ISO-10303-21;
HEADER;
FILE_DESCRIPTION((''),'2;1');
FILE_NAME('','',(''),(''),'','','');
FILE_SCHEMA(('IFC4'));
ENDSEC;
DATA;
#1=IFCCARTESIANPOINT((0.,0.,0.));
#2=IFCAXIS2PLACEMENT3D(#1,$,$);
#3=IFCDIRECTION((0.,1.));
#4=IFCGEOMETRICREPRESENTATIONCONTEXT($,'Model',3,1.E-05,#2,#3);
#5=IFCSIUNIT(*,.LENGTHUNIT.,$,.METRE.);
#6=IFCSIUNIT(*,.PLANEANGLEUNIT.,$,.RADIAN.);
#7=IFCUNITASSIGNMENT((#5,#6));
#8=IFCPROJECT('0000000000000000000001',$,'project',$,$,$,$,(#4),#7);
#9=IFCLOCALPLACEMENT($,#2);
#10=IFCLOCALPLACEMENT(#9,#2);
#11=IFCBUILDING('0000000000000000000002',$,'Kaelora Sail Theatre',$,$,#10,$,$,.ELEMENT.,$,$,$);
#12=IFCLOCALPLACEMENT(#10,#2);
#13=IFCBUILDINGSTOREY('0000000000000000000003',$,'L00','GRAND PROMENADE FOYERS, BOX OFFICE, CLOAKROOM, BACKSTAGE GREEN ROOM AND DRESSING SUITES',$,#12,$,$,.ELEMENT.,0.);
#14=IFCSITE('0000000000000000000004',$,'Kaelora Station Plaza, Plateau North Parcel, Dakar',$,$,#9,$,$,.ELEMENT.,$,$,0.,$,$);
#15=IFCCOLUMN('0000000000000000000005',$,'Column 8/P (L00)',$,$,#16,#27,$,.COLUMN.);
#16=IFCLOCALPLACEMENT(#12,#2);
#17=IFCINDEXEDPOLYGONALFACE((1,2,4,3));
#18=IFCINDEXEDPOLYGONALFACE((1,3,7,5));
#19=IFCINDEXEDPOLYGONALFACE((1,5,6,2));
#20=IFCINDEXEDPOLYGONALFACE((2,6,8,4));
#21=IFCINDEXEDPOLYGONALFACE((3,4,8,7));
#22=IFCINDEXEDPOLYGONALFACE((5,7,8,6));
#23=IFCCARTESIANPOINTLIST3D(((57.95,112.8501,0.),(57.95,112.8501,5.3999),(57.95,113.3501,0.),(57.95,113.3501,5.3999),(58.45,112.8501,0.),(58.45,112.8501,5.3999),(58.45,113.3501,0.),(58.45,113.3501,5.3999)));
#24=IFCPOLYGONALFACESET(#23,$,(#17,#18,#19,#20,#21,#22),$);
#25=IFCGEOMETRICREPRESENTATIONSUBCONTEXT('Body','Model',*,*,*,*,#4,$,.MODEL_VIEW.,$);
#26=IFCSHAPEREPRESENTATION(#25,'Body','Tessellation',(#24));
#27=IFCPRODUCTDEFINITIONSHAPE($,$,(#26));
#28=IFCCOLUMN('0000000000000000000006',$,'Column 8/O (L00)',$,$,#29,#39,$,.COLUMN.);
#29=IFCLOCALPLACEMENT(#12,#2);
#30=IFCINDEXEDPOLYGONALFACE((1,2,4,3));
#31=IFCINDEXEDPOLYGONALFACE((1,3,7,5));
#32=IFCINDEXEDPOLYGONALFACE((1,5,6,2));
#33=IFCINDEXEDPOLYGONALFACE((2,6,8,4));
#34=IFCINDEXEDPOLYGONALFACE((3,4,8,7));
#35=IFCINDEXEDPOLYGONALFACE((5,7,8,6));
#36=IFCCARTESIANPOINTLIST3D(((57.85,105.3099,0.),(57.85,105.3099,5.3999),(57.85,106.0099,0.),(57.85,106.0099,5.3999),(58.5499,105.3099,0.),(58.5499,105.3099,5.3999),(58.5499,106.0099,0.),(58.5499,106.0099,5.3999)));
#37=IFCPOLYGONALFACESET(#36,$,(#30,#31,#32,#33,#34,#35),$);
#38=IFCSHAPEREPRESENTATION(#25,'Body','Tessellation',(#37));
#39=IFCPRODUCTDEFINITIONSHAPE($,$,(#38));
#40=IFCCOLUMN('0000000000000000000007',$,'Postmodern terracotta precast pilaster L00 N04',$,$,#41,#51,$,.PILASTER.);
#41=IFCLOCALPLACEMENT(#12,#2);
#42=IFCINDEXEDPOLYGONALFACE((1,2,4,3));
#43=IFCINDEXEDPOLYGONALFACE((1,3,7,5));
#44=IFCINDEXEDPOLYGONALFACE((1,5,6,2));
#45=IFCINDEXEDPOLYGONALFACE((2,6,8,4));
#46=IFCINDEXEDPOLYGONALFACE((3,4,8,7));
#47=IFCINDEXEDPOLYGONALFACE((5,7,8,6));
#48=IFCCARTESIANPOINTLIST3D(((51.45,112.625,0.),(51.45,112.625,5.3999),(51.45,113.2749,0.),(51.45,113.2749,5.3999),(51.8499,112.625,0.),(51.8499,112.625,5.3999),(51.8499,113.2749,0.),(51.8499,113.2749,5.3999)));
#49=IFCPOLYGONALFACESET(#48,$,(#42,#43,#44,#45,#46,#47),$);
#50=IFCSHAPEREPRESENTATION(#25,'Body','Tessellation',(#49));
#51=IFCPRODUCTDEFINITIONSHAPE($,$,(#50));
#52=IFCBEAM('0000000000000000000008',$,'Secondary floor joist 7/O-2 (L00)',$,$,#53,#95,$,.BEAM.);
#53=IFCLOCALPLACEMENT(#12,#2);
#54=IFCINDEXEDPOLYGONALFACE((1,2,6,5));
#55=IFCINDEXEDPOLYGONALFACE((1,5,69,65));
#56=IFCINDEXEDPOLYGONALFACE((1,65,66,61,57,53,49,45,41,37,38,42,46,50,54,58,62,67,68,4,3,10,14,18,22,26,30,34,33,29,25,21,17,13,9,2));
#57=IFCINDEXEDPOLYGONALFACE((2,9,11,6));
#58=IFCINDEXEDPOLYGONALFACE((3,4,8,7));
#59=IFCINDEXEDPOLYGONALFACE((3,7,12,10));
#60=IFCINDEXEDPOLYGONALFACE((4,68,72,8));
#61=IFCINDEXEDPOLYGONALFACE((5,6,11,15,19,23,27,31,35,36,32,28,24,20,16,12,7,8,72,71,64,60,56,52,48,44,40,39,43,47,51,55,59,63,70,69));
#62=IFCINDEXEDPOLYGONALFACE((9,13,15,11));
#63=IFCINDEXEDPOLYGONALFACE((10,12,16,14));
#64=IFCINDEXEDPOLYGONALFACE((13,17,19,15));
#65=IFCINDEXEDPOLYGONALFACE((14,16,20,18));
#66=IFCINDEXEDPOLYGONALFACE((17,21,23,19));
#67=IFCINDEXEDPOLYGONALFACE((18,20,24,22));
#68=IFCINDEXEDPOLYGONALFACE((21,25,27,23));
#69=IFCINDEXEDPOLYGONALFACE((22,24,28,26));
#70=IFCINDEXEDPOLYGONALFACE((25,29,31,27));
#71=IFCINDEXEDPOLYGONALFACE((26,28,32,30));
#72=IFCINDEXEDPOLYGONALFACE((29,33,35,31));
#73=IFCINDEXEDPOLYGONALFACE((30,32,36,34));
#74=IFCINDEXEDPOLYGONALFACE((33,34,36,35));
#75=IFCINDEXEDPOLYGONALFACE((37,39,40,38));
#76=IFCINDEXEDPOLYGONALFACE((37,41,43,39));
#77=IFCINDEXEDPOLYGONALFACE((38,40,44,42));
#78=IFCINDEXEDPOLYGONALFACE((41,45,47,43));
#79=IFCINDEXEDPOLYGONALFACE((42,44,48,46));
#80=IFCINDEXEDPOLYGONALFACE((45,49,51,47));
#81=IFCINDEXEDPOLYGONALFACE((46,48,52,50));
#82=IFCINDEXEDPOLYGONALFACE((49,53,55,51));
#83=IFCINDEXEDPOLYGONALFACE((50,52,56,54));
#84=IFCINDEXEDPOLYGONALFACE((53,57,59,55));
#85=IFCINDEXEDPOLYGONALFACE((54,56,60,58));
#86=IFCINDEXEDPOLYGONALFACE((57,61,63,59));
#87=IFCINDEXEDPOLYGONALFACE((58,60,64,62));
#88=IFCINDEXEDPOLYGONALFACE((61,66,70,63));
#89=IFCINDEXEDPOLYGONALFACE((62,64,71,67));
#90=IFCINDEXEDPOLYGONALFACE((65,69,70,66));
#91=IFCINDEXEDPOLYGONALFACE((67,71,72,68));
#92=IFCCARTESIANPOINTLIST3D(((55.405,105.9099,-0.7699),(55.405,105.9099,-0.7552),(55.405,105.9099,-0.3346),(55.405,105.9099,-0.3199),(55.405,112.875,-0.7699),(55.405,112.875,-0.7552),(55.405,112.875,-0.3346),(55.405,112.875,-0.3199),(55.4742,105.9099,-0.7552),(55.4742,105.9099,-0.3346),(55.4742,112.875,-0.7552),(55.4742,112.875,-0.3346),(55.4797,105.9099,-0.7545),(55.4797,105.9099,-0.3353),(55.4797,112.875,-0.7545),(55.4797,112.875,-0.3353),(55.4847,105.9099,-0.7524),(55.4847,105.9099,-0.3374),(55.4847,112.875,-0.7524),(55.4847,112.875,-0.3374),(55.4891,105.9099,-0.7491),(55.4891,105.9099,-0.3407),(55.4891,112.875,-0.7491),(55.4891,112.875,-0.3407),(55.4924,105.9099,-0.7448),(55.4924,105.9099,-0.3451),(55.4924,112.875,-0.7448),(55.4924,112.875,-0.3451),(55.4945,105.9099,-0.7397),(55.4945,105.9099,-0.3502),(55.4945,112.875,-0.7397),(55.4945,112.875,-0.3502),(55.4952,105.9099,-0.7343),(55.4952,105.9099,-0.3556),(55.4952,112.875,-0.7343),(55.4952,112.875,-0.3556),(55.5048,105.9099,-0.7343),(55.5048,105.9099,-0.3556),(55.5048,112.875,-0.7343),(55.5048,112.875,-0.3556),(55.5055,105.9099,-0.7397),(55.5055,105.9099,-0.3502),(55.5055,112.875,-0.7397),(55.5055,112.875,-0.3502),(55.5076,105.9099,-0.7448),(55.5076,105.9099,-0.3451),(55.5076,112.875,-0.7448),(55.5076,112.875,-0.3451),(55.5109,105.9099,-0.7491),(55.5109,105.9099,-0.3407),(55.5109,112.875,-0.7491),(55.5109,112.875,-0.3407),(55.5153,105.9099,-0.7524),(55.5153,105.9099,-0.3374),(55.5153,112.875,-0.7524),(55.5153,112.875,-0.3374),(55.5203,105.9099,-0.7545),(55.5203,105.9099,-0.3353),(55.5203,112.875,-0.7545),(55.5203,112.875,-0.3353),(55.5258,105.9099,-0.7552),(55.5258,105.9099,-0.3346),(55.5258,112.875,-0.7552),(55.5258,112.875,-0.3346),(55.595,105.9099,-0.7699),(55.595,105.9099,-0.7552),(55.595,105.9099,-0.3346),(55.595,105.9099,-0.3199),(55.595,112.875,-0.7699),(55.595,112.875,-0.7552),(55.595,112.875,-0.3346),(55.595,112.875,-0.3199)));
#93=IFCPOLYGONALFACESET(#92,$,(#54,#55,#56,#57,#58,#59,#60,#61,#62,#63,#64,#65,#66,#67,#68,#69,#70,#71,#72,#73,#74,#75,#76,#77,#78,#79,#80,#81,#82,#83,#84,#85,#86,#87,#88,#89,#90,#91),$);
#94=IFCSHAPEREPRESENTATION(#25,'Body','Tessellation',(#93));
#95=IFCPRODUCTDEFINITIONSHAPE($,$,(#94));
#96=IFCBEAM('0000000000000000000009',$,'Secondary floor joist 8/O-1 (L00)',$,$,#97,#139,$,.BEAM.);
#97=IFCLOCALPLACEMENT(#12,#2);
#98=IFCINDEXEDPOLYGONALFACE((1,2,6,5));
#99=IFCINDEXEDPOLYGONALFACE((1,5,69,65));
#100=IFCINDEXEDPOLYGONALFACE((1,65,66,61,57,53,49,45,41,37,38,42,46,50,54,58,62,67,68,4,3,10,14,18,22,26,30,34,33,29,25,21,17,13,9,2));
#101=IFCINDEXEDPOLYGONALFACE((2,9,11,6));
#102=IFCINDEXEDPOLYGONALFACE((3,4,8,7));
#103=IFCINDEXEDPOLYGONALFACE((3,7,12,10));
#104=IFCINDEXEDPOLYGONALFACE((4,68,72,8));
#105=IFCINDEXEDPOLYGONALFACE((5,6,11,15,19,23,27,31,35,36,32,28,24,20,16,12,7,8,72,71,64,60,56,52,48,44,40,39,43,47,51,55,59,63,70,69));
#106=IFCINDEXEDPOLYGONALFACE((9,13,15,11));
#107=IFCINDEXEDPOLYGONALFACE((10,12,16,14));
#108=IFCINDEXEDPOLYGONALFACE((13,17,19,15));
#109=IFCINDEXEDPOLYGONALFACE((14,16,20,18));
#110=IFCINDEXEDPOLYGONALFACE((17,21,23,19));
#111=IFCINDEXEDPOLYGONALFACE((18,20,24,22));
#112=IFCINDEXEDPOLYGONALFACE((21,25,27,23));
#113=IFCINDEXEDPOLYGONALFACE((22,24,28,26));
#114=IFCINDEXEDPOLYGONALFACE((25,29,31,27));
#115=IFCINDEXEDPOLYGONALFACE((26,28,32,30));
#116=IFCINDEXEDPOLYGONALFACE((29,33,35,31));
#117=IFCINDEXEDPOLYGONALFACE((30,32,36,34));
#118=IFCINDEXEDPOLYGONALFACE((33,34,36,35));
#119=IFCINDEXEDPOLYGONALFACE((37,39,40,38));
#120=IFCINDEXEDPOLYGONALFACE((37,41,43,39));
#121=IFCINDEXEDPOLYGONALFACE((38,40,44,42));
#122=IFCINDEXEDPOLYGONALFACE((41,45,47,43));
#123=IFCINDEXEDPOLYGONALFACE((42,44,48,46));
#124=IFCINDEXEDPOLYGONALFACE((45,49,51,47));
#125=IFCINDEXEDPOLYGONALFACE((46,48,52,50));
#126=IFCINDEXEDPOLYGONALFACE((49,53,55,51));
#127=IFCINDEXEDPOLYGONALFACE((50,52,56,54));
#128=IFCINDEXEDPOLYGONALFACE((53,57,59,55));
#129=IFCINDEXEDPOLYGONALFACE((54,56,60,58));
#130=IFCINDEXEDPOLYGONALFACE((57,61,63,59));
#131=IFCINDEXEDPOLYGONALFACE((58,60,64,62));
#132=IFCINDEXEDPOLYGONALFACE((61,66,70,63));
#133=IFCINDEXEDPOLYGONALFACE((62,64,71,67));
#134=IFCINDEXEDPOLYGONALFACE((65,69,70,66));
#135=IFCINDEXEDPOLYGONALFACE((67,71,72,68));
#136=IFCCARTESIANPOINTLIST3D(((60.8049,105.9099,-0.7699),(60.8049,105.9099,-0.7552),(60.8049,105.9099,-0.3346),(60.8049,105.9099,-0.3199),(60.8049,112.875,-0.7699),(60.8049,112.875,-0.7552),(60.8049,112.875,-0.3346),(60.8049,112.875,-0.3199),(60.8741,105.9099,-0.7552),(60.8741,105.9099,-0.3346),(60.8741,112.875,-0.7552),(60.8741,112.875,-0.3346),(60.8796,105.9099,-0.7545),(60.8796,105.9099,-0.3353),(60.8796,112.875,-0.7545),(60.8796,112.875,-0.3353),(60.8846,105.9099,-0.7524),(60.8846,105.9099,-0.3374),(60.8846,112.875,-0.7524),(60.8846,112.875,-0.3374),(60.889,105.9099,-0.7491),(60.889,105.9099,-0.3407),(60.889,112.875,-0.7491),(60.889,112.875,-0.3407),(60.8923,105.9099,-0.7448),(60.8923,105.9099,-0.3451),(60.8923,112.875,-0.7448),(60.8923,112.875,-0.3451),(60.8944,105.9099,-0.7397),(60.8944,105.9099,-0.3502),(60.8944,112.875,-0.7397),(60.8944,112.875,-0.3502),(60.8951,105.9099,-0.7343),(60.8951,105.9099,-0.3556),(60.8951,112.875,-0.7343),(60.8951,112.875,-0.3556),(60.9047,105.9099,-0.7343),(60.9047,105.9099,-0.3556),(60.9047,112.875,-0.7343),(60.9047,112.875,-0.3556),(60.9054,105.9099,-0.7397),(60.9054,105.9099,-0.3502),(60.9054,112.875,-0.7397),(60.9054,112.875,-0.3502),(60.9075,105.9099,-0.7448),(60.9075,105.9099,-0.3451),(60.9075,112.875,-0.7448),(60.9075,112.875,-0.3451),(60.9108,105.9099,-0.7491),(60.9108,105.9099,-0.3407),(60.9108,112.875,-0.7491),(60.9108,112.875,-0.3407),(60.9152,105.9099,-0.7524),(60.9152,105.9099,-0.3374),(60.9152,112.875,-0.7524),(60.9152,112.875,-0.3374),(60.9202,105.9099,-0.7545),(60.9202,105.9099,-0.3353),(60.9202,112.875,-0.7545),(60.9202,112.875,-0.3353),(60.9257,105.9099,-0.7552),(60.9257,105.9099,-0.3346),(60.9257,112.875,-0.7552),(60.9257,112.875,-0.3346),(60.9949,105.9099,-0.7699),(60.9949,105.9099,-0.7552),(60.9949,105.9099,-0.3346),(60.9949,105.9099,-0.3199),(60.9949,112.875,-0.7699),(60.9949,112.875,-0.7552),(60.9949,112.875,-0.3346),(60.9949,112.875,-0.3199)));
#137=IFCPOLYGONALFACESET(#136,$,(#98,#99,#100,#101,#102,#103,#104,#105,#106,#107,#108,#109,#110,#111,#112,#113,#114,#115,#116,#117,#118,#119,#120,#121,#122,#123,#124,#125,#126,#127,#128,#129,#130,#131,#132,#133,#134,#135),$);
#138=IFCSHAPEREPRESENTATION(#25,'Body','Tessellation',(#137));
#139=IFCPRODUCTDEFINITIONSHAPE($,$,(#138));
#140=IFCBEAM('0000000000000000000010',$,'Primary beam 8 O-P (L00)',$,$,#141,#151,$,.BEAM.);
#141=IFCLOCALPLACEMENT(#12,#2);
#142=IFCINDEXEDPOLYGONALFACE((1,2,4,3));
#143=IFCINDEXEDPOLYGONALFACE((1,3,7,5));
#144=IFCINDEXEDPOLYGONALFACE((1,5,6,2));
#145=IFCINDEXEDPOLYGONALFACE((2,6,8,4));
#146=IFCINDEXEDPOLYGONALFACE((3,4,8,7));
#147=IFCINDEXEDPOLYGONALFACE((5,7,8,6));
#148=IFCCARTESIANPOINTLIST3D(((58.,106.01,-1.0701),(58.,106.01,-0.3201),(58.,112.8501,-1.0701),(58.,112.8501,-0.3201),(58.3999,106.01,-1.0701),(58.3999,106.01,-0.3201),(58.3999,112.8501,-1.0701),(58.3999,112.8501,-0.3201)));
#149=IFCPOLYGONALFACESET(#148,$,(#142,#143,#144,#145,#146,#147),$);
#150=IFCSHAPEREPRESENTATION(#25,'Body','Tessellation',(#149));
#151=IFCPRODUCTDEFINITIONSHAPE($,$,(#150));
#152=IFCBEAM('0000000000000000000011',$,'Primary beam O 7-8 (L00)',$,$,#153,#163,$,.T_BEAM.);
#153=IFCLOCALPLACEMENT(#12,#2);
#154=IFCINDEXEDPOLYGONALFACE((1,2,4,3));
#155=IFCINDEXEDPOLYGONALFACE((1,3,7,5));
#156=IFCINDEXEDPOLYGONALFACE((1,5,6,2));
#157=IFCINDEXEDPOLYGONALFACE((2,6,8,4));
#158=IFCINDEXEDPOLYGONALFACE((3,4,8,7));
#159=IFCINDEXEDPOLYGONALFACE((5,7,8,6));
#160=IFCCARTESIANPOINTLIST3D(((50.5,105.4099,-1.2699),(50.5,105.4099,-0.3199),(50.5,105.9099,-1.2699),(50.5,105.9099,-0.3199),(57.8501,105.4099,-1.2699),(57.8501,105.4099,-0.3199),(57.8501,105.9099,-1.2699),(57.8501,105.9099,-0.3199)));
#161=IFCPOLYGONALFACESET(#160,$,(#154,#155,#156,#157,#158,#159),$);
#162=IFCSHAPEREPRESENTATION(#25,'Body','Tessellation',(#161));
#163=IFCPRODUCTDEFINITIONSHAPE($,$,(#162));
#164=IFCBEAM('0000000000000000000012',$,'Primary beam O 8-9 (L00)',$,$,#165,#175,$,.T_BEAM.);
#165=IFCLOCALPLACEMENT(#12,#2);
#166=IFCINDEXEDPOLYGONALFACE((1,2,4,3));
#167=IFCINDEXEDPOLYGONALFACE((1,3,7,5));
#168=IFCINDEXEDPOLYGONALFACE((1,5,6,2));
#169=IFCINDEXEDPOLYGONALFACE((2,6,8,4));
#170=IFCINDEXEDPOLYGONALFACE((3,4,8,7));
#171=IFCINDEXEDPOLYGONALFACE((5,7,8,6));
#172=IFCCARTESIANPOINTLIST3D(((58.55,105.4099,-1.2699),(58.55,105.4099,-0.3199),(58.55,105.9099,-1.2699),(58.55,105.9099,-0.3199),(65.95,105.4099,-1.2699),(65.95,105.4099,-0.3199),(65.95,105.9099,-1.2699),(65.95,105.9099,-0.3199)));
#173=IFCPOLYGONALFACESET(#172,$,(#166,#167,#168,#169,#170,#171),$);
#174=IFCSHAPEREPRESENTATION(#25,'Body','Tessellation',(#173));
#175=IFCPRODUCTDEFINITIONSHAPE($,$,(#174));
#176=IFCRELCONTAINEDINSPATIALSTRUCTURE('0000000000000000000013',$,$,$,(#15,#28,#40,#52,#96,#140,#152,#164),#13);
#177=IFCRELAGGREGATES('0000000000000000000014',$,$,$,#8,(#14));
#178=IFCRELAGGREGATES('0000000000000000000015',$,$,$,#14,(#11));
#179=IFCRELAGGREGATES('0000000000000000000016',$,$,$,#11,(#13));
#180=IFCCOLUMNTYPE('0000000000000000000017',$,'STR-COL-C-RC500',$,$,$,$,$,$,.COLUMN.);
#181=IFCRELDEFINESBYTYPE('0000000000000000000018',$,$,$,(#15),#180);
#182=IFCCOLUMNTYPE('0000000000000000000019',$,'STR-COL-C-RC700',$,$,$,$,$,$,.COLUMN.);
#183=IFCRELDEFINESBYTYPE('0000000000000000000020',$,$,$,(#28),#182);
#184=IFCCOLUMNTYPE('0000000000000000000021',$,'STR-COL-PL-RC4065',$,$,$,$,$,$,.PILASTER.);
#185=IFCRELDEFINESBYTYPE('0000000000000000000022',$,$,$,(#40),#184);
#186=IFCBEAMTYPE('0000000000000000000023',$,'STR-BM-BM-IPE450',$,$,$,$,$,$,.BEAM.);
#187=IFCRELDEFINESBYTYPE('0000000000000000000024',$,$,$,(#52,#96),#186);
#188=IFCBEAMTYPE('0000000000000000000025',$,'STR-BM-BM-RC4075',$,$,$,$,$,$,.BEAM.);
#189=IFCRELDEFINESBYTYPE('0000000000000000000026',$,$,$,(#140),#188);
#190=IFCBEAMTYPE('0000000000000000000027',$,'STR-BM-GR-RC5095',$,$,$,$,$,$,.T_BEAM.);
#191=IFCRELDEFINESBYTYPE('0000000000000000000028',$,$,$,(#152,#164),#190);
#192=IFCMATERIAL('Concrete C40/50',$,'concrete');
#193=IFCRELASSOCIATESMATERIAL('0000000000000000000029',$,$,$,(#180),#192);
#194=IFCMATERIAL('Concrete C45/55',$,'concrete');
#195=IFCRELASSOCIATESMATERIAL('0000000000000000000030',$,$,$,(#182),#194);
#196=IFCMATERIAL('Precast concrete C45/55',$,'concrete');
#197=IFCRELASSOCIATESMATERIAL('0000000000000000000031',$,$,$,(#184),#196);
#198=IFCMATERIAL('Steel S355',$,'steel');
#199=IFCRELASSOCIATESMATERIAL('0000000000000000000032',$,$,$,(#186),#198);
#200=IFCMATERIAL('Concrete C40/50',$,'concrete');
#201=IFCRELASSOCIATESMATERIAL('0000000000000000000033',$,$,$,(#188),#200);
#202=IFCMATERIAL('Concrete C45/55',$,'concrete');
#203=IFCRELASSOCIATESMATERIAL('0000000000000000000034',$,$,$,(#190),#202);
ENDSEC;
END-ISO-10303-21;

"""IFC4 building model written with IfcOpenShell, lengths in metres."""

from ifc_helpers import new_model, si_unit, direction, frame, origin, origin_2d, place, context, subcontext, project, spatial, rectangle, i_section, extrude, material, material_profile, profile_set, type_object, element, save


model = new_model("IFC4")

# Units and contexts
model_context = context("Model", 3, precision=1e-05, world=origin(), true_north=direction((0.0, 1.0)))
body_context = subcontext(model_context, "Body", "Model", "MODEL_VIEW")
ifc_project = project(units=[si_unit("LENGTHUNIT", "METRE"), si_unit("PLANEANGLEUNIT", "RADIAN")], contexts=[model_context])

# Site, building, storey
site_placement = place(None, origin())
site = spatial("IfcSite", under=ifc_project, at=site_placement, Name="Kaelora Station Plaza, Plateau North Parcel, Dakar", CompositionType="ELEMENT", RefElevation=0.0)
building_placement = place(site_placement, origin())
building = spatial("IfcBuilding", under=site, at=building_placement, Name="Kaelora Sail Theatre", CompositionType="ELEMENT")
storey_placement = place(building_placement, origin())
storey = spatial("IfcBuildingStorey", under=building, at=storey_placement, Name="L00", Description="GRAND PROMENADE FOYERS, BOX OFFICE, CLOAKROOM, BACKSTAGE GREEN ROOM AND DRESSING SUITES", CompositionType="ELEMENT", Elevation=0.0)

# Columns
ifc_material_1 = material(Name="Concrete C40/50", Category="concrete")
ifc_material_profile_1 = material_profile(ifc_material_1, rectangle(XDim=0.5, YDim=0.5, at=origin_2d()), Name="RC-COL 500x500")
ifc_profile_set_1 = profile_set([ifc_material_profile_1], Name="Concrete C40/50")
column_type_1 = type_object("IfcColumnType", Name="STR-COL-C-RC500", PredefinedType="COLUMN", material=ifc_profile_set_1)
column_1_placement = place(storey_placement, frame((58.2, 113.1001, 0.0), z_axis=(0.0, 0.0, 1.0), x_axis=(1.0, 0.0, 0.0)))
element("IfcColumn", 1, at=column_1_placement, inside=storey, type_object=column_type_1, Name="Column 8/P (L00)", PredefinedType="COLUMN", context=body_context, shape_type="SweptSolid", body=[
    extrude(rectangle(XDim=0.5, YDim=0.5, at=origin_2d()), origin(), (0.0, 0.0, 1.0), 5.3999),
])
ifc_material_2 = material(Name="Concrete C45/55", Category="concrete")
ifc_material_profile_2 = material_profile(ifc_material_2, rectangle(XDim=0.7, YDim=0.7, at=origin_2d()), Name="RC-COL 700x700")
ifc_profile_set_2 = profile_set([ifc_material_profile_2], Name="Concrete C45/55")
column_type_2 = type_object("IfcColumnType", Name="STR-COL-C-RC700", PredefinedType="COLUMN", material=ifc_profile_set_2)
column_2_placement = place(storey_placement, frame((58.2, 105.6599, 0.0), z_axis=(0.0, 0.0, 1.0), x_axis=(1.0, 0.0, 0.0)))
element("IfcColumn", 2, at=column_2_placement, inside=storey, type_object=column_type_2, Name="Column 8/O (L00)", PredefinedType="COLUMN", context=body_context, shape_type="SweptSolid", body=[
    extrude(rectangle(XDim=0.7, YDim=0.7, at=origin_2d()), origin(), (0.0, 0.0, 1.0), 5.3999),
])
ifc_material_3 = material(Name="Precast concrete C45/55", Category="concrete")
ifc_material_profile_3 = material_profile(ifc_material_3, rectangle(XDim=0.3999, YDim=0.6499, at=origin_2d()), Name="RC-PIL 400x650")
ifc_profile_set_3 = profile_set([ifc_material_profile_3], Name="Precast concrete C45/55")
column_type_3 = type_object("IfcColumnType", Name="STR-COL-PL-RC4065", PredefinedType="PILASTER", material=ifc_profile_set_3)
column_3_placement = place(storey_placement, frame((51.6499, 112.95, 0.0), z_axis=(0.0, 0.0, 1.0), x_axis=(1.0, 0.0, 0.0)))
element("IfcColumn", 3, at=column_3_placement, inside=storey, type_object=column_type_3, Name="Postmodern terracotta precast pilaster L00 N04", PredefinedType="PILASTER", context=body_context, shape_type="SweptSolid", body=[
    extrude(rectangle(XDim=0.3999, YDim=0.6499, at=origin_2d()), origin(), (0.0, 0.0, 1.0), 5.3999),
])

# Beams
ifc_material_4 = material(Name="Steel S355", Category="steel")
ifc_material_profile_4 = material_profile(ifc_material_4, i_section(OverallWidth=0.1899, OverallDepth=0.45, WebThickness=0.0095, FlangeThickness=0.0146, FilletRadius=0.021, at=origin_2d()), Name="IPE 450")
ifc_profile_set_4 = profile_set([ifc_material_profile_4], Name="Steel S355")
beam_type_1 = type_object("IfcBeamType", Name="STR-BM-BM-IPE450", PredefinedType="BEAM", material=ifc_profile_set_4)
for number, where, z_axis, x_axis, name in (
    (4, (55.5, 105.9099, -0.5449), (0.0, 1.0, 0.0), (-1.0, 0.0, 0.0), "Secondary floor joist 7/O-2 (L00)"),
    (5, (60.8999, 105.9099, -0.5449), (0.0, 1.0, 0.0), (-1.0, 0.0, 0.0), "Secondary floor joist 8/O-1 (L00)"),
):
    element("IfcBeam", number, at=place(storey_placement, frame(where, z_axis=z_axis, x_axis=x_axis)), inside=storey, type_object=beam_type_1, Name=name, PredefinedType="BEAM", context=body_context, shape_type="SweptSolid", body=[
        extrude(i_section(OverallWidth=0.1899, OverallDepth=0.45, WebThickness=0.0095, FlangeThickness=0.0146, FilletRadius=0.021, at=origin_2d()), origin(), (0.0, 0.0, 1.0), 6.9651),
    ])
ifc_material_5 = material(Name="Concrete C40/50", Category="concrete")
ifc_material_profile_5 = material_profile(ifc_material_5, rectangle(XDim=0.3999, YDim=0.75, at=origin_2d()), Name="RC-BM 400x750")
ifc_profile_set_5 = profile_set([ifc_material_profile_5], Name="Concrete C40/50")
beam_type_2 = type_object("IfcBeamType", Name="STR-BM-BM-RC4075", PredefinedType="BEAM", material=ifc_profile_set_5)
beam_1_placement = place(storey_placement, frame((58.2, 106.01, -0.6951), z_axis=(0.0, 1.0, 0.0), x_axis=(-1.0, 0.0, 0.0)))
element("IfcBeam", 6, at=beam_1_placement, inside=storey, type_object=beam_type_2, Name="Primary beam 8 O-P (L00)", PredefinedType="BEAM", context=body_context, shape_type="SweptSolid", body=[
    extrude(rectangle(XDim=0.3999, YDim=0.75, at=origin_2d()), origin(), (0.0, 0.0, 1.0), 6.8401),
])
ifc_material_6 = material(Name="Concrete C45/55", Category="concrete")
ifc_material_profile_6 = material_profile(ifc_material_6, rectangle(XDim=0.5, YDim=0.95, at=origin_2d()), Name="RC-GRD 500x950")
ifc_profile_set_6 = profile_set([ifc_material_profile_6], Name="Concrete C45/55")
beam_type_3 = type_object("IfcBeamType", Name="STR-BM-GR-RC5095", PredefinedType="T_BEAM", material=ifc_profile_set_6)
beam_2_placement = place(storey_placement, frame((50.5, 105.6599, -0.7949), z_axis=(1.0, 0.0, 0.0), x_axis=(0.0, 1.0, 0.0)))
element("IfcBeam", 7, at=beam_2_placement, inside=storey, type_object=beam_type_3, Name="Primary beam O 7-8 (L00)", PredefinedType="T_BEAM", context=body_context, shape_type="SweptSolid", body=[
    extrude(rectangle(XDim=0.5, YDim=0.95, at=origin_2d()), origin(), (0.0, 0.0, 1.0), 7.3501),
])
beam_3_placement = place(storey_placement, frame((58.55, 105.6599, -0.7949), z_axis=(1.0, 0.0, 0.0), x_axis=(0.0, 1.0, 0.0)))
element("IfcBeam", 8, at=beam_3_placement, inside=storey, type_object=beam_type_3, Name="Primary beam O 8-9 (L00)", PredefinedType="T_BEAM", context=body_context, shape_type="SweptSolid", body=[
    extrude(rectangle(XDim=0.5, YDim=0.95, at=origin_2d()), origin(), (0.0, 0.0, 1.0), 7.3999),
])

save(model, "model.ifc")
